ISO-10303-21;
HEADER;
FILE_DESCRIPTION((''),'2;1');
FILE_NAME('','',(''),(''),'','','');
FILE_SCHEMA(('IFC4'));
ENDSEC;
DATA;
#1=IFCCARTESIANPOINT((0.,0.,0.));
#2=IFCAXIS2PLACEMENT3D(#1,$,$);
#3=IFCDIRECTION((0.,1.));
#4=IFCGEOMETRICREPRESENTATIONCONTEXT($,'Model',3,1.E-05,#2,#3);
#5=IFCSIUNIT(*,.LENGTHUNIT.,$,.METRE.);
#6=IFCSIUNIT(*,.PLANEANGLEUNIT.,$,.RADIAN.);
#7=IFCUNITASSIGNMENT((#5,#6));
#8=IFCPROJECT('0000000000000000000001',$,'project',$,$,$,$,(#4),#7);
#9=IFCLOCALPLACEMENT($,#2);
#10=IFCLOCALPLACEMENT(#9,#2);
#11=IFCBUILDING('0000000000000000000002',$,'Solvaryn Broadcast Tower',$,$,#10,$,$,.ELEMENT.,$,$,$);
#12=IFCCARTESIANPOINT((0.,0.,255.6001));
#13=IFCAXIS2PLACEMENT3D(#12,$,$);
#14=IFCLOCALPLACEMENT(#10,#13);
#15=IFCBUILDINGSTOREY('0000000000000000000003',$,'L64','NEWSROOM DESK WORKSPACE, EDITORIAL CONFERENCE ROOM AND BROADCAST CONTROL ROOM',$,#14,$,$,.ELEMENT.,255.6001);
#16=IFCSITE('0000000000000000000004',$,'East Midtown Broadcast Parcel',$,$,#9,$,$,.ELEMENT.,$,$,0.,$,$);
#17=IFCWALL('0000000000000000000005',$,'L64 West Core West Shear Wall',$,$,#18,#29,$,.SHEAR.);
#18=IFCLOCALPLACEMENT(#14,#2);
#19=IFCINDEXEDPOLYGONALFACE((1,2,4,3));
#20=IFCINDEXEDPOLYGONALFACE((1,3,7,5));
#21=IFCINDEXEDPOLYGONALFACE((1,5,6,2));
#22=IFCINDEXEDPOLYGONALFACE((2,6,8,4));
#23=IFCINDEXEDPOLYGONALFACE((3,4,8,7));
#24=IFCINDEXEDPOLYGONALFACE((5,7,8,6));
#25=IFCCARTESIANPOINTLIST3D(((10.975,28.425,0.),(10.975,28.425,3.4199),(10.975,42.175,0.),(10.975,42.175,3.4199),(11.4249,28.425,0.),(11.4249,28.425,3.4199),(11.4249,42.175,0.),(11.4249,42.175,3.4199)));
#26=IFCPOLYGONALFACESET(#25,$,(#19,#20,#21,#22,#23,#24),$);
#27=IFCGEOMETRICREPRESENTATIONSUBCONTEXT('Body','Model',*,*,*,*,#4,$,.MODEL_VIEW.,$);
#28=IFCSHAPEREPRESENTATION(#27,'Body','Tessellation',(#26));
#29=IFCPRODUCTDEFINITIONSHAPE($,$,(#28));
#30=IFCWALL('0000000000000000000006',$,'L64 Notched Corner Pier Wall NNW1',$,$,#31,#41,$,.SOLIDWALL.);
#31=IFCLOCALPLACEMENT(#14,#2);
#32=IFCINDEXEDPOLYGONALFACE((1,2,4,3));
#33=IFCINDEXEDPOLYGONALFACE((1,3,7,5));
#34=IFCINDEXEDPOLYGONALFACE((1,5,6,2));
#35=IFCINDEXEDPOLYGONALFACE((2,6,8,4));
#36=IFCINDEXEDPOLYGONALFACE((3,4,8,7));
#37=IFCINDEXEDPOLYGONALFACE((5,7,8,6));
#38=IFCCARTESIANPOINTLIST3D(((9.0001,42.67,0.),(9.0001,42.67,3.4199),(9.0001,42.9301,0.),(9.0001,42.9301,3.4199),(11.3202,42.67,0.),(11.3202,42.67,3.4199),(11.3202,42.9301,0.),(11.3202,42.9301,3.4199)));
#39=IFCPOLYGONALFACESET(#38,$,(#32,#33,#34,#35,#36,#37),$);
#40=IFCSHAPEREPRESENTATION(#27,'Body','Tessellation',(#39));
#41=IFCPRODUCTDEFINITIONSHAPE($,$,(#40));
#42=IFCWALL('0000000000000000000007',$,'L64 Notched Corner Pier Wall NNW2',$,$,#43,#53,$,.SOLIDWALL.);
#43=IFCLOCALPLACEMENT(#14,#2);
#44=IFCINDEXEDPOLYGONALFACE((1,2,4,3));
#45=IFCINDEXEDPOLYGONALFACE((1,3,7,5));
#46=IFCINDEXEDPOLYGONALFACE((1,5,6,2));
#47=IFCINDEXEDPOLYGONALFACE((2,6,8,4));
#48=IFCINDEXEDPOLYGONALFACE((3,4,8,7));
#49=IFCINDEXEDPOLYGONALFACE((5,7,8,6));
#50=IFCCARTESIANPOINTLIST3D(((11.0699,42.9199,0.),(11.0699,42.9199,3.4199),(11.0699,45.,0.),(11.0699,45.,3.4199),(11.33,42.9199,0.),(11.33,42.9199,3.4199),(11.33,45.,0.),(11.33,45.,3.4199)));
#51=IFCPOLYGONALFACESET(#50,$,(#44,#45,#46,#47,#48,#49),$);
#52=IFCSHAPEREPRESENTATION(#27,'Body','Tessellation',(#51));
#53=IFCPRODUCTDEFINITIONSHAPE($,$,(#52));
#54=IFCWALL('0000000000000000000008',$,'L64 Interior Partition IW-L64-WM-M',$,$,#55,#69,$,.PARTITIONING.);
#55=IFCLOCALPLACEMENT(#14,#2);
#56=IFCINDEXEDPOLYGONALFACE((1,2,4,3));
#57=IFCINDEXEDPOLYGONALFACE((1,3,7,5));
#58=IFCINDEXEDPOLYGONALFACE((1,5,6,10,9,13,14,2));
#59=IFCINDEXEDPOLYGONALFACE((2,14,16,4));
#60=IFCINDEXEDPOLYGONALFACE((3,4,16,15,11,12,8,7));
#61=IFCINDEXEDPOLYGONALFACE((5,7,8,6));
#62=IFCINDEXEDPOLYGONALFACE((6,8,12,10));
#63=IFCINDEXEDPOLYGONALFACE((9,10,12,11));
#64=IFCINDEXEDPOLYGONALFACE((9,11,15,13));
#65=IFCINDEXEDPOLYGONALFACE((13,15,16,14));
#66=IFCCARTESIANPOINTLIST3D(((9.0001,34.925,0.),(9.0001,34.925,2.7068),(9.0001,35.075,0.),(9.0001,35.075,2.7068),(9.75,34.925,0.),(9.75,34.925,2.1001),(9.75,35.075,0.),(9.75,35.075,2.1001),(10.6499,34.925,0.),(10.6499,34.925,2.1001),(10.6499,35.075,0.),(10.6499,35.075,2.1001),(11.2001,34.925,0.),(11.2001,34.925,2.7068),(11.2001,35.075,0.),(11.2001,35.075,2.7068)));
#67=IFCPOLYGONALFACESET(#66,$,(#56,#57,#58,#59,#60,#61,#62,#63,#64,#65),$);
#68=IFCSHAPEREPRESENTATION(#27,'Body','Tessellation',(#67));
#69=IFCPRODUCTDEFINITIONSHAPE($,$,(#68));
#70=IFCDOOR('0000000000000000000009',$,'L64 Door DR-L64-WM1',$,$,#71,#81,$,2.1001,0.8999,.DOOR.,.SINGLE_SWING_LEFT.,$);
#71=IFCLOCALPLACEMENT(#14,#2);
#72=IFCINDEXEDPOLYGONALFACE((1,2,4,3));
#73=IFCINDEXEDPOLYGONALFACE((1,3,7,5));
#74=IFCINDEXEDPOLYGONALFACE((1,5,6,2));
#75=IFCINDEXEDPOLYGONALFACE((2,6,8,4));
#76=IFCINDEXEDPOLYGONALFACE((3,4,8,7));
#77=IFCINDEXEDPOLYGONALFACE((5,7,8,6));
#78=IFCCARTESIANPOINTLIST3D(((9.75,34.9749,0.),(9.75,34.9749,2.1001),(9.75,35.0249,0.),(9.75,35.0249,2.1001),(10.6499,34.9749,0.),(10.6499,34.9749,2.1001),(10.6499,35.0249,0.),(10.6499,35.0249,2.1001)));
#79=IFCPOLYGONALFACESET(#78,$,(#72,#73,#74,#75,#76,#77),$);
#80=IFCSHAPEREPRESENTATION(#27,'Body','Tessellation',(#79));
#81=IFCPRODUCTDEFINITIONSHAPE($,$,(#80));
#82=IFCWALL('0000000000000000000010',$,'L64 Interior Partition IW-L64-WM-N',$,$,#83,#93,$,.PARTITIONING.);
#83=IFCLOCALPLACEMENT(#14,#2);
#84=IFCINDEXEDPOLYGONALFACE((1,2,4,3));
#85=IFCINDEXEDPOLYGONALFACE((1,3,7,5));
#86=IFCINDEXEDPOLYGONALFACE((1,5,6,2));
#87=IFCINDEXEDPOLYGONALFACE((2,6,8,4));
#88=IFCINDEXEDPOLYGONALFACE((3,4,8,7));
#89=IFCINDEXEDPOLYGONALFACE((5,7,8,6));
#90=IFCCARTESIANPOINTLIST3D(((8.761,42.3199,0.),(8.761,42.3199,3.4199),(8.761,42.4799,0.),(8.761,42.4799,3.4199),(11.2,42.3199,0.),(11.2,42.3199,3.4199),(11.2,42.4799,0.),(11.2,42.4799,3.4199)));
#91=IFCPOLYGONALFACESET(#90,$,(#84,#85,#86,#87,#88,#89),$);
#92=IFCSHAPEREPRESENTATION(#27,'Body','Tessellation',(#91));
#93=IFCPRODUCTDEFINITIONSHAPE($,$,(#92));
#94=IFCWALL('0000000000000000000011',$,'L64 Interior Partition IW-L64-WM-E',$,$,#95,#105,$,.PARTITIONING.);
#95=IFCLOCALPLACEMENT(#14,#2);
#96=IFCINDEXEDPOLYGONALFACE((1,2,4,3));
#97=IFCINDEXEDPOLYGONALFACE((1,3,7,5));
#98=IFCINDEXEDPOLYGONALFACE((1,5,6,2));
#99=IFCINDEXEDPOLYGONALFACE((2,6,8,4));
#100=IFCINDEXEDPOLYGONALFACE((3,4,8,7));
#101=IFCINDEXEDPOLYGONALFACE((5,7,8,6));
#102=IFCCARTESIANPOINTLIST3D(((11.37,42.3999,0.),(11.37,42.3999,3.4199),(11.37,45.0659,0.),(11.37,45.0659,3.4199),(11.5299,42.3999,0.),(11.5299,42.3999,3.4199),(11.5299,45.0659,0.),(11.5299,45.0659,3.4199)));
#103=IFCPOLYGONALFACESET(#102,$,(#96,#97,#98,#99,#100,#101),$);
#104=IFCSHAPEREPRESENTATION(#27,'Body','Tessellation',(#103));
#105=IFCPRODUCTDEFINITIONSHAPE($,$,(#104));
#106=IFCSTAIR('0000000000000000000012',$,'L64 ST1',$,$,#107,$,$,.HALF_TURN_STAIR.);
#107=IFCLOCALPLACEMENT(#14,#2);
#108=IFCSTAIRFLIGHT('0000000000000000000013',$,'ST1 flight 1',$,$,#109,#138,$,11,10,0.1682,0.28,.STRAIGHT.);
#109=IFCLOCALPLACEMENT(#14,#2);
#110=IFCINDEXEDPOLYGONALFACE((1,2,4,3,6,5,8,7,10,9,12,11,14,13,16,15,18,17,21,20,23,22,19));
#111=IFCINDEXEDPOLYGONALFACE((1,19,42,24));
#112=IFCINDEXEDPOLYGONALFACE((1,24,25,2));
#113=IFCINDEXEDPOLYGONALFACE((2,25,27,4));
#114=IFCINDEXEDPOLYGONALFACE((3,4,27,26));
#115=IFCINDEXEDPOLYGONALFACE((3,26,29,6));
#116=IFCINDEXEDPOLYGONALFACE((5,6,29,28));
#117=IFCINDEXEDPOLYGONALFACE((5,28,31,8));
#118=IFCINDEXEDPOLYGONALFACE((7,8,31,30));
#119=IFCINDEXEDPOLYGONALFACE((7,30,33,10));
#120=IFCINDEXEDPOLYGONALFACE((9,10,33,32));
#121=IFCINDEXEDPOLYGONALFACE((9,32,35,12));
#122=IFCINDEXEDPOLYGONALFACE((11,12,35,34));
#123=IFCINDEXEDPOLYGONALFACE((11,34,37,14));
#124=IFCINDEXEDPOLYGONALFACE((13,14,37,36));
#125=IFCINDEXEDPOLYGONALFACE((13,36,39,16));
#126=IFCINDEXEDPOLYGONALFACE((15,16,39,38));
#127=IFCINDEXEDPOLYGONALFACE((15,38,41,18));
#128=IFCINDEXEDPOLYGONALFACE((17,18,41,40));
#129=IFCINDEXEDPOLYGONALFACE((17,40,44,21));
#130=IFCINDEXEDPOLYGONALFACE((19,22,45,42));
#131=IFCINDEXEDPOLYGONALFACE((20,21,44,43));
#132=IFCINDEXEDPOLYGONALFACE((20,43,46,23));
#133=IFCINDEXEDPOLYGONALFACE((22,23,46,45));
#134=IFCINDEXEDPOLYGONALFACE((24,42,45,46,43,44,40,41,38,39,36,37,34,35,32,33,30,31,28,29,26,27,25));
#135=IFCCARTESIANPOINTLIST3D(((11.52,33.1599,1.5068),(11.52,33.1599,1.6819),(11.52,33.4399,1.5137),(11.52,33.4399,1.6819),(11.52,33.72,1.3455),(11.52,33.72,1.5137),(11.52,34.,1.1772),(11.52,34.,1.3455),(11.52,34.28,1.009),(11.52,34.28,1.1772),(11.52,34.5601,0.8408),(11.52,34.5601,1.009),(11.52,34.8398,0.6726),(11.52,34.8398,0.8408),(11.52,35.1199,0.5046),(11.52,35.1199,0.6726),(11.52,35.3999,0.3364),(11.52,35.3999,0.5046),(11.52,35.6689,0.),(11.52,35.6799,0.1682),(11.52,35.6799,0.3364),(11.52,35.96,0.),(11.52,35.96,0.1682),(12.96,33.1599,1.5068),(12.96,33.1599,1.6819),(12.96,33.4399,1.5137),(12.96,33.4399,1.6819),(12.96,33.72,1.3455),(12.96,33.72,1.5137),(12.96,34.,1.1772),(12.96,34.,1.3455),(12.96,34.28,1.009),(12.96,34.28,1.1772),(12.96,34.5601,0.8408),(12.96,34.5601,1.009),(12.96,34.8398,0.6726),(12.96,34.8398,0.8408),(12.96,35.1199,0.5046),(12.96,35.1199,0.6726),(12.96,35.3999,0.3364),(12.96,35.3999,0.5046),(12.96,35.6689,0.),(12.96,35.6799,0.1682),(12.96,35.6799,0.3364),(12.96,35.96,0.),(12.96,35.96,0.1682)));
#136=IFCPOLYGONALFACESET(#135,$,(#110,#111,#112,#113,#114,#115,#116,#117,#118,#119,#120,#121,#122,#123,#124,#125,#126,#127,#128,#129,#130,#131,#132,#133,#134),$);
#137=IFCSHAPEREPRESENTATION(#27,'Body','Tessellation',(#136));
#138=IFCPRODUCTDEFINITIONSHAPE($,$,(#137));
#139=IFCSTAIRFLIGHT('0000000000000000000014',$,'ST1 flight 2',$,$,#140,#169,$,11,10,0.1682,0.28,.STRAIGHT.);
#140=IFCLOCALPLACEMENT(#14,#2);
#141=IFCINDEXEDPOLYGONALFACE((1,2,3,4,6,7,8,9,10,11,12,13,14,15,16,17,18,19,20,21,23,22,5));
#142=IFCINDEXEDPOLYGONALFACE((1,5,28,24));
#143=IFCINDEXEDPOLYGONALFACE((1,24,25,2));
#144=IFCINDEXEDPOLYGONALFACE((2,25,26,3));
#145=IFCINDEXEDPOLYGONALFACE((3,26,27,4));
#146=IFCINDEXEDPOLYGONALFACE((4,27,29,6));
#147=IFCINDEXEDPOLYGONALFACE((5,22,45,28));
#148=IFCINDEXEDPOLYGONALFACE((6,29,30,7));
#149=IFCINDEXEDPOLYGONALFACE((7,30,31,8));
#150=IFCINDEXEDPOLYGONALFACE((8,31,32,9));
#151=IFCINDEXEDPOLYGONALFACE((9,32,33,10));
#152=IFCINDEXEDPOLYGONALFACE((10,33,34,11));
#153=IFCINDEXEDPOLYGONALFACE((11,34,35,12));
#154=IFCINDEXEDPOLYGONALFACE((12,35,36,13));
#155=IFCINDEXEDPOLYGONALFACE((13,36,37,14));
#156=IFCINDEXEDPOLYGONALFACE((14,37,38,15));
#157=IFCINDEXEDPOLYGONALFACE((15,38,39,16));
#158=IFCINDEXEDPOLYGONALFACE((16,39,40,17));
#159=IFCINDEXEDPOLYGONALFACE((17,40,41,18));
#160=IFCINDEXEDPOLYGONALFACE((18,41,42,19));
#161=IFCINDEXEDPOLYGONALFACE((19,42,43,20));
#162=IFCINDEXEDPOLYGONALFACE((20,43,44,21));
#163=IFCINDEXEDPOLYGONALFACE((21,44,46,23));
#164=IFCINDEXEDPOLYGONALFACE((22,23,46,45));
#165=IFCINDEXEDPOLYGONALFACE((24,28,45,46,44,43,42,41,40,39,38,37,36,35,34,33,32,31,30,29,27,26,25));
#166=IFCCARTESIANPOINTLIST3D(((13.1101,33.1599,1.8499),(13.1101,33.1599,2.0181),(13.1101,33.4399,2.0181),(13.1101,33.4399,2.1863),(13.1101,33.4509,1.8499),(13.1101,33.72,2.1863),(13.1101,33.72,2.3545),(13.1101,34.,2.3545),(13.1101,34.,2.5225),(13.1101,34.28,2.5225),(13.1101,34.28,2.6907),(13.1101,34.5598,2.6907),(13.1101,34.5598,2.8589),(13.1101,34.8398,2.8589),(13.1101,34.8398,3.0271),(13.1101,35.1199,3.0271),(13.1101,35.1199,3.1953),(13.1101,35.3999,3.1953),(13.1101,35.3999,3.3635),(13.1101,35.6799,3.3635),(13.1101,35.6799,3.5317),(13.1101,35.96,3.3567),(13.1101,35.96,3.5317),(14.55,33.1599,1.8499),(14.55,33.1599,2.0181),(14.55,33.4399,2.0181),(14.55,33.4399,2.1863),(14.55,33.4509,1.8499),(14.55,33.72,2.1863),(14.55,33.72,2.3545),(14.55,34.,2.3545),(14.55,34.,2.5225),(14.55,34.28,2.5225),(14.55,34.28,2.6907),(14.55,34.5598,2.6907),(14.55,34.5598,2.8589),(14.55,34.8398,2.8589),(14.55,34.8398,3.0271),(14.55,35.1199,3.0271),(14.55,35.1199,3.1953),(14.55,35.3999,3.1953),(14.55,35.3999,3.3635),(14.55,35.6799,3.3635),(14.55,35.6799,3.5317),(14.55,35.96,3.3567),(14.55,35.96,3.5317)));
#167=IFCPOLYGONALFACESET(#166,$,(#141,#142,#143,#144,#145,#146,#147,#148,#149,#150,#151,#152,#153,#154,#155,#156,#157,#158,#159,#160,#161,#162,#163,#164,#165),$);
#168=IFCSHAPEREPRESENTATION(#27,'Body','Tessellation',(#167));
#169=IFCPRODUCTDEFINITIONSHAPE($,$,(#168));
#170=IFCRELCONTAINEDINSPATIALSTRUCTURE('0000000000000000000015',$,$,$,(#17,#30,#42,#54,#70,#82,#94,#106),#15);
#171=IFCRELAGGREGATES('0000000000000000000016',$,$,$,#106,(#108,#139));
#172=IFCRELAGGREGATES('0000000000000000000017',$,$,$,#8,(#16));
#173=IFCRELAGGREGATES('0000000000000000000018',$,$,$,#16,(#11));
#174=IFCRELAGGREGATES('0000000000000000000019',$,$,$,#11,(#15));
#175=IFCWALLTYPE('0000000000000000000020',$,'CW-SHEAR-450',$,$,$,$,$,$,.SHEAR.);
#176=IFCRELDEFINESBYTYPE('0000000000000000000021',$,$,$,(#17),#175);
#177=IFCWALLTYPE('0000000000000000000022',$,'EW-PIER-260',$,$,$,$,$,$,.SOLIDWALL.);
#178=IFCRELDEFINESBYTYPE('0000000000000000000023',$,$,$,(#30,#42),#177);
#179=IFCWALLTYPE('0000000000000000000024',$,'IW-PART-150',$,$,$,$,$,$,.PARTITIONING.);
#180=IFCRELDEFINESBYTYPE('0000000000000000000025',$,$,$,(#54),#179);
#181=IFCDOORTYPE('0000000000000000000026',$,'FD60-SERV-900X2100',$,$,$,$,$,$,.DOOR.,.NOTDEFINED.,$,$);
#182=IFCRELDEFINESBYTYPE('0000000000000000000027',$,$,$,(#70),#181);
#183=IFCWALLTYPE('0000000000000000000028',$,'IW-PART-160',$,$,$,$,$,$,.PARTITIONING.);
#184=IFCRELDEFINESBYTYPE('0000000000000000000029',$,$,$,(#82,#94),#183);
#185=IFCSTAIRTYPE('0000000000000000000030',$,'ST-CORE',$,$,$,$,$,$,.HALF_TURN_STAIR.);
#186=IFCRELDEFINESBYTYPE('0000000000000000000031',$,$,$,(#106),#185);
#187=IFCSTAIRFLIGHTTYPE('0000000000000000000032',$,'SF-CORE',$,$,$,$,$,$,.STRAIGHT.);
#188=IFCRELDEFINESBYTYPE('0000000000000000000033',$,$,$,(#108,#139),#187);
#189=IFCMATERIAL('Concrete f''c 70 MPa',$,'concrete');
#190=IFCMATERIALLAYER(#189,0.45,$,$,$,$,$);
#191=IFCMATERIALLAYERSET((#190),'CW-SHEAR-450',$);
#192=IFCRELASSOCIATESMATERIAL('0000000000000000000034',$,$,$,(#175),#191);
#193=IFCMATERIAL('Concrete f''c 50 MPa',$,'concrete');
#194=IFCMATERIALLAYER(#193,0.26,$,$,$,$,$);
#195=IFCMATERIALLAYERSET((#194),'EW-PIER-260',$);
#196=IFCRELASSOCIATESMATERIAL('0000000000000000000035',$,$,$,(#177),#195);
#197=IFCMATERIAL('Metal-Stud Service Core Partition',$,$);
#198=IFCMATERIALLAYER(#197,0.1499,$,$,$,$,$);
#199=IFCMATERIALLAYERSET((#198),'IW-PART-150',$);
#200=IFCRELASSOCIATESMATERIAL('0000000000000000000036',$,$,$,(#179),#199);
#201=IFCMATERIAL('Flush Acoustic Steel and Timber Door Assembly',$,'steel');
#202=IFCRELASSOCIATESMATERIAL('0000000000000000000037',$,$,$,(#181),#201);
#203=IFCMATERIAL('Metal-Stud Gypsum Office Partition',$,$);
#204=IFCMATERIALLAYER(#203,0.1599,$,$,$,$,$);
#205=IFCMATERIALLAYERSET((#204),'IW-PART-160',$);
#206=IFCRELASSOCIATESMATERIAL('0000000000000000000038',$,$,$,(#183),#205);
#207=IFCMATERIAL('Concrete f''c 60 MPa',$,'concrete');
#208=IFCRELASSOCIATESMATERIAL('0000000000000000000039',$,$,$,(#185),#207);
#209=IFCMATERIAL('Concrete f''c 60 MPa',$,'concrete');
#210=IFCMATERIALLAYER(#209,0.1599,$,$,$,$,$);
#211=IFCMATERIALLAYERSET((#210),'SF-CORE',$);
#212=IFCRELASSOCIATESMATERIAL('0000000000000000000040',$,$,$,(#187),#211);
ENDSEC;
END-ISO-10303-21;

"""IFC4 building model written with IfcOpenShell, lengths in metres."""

from ifc_helpers import new_model, si_unit, direction, frame, frame_2d, origin, place, context, subcontext, project, spatial, polyline, rectangle, outline, extrude, material, layer, layer_set, type_object, element, fill, aggregate, save


model = new_model("IFC4")

# Units and contexts
model_context = context("Model", 3, precision=1e-05, world=origin(), true_north=direction((0.0, 1.0)))
body_context = subcontext(model_context, "Body", "Model", "MODEL_VIEW")
ifc_project = project(units=[si_unit("LENGTHUNIT", "METRE"), si_unit("PLANEANGLEUNIT", "RADIAN")], contexts=[model_context])

# Site, building, storey
site_placement = place(None, origin())
site = spatial("IfcSite", under=ifc_project, at=site_placement, Name="East Midtown Broadcast Parcel", CompositionType="ELEMENT", RefElevation=0.0)
building_placement = place(site_placement, origin())
building = spatial("IfcBuilding", under=site, at=building_placement, Name="Solvaryn Broadcast Tower", CompositionType="ELEMENT")
storey_placement = place(building_placement, frame((0.0, 0.0, 255.6001)))
storey = spatial("IfcBuildingStorey", under=building, at=storey_placement, Name="L64", Description="NEWSROOM DESK WORKSPACE, EDITORIAL CONFERENCE ROOM AND BROADCAST CONTROL ROOM", CompositionType="ELEMENT", Elevation=255.6001)

# Walls
ifc_material_1 = material(Name="Concrete f'c 70 MPa", Category="concrete")
ifc_layer_1 = layer(ifc_material_1, 0.45)
ifc_layer_set_1 = layer_set([ifc_layer_1], Name="CW-SHEAR-450")
wall_type_1 = type_object("IfcWallType", Name="CW-SHEAR-450", PredefinedType="SHEAR", material=ifc_layer_set_1)
wall_1_placement = place(storey_placement, frame((11.2, 42.175, 0.0), z_axis=(0.0, 0.0, 1.0), x_axis=(0.0, -1.0, 0.0)))
element("IfcWall", 1, at=wall_1_placement, inside=storey, type_object=wall_type_1, Name="L64 West Core West Shear Wall", PredefinedType="SHEAR", context=body_context, shape_type="SweptSolid", body=[
    extrude(rectangle(XDim=13.75, YDim=0.45, at=frame_2d((6.875, 0.0))), origin(), (0.0, 0.0, 1.0), 3.4199),
])
ifc_material_2 = material(Name="Concrete f'c 50 MPa", Category="concrete")
ifc_layer_2 = layer(ifc_material_2, 0.26)
ifc_layer_set_2 = layer_set([ifc_layer_2], Name="EW-PIER-260")
wall_type_2 = type_object("IfcWallType", Name="EW-PIER-260", PredefinedType="SOLIDWALL", material=ifc_layer_set_2)
wall_2_placement = place(storey_placement, frame((9.0, 42.8, 0.0), z_axis=(0.0, 0.0, 1.0), x_axis=(1.0, 0.0, 0.0)))
element("IfcWall", 2, at=wall_2_placement, inside=storey, type_object=wall_type_2, Name="L64 Notched Corner Pier Wall NNW1", PredefinedType="SOLIDWALL", context=body_context, shape_type="SweptSolid", body=[
    extrude(rectangle(XDim=2.3201, YDim=0.26, at=frame_2d((1.1602, 0.0))), origin(), (0.0, 0.0, 1.0), 3.4199),
])
wall_3_placement = place(storey_placement, frame((11.2, 42.9199, 0.0), z_axis=(0.0, 0.0, 1.0), x_axis=(0.0, 1.0, 0.0)))
element("IfcWall", 3, at=wall_3_placement, inside=storey, type_object=wall_type_2, Name="L64 Notched Corner Pier Wall NNW2", PredefinedType="SOLIDWALL", context=body_context, shape_type="SweptSolid", body=[
    extrude(rectangle(XDim=2.0801, YDim=0.26, at=frame_2d((1.04, 0.0))), origin(), (0.0, 0.0, 1.0), 3.4199),
])

# Wall, opening, door
ifc_material_3 = material(Name="Metal-Stud Service Core Partition")
ifc_layer_3 = layer(ifc_material_3, 0.1499)
ifc_layer_set_3 = layer_set([ifc_layer_3], Name="IW-PART-150")
wall_type_3 = type_object("IfcWallType", Name="IW-PART-150", PredefinedType="PARTITIONING", material=ifc_layer_set_3)
wall_4_placement = place(storey_placement, frame((9.0, 35.0, 0.0), z_axis=(0.0, 0.0, 1.0), x_axis=(1.0, 0.0, 0.0)))
wall_4 = element("IfcWall", 4, at=wall_4_placement, inside=storey, type_object=wall_type_3, Name="L64 Interior Partition IW-L64-WM-M", PredefinedType="PARTITIONING", context=body_context, shape_type="SweptSolid", body=[
    extrude(rectangle(XDim=2.2, YDim=0.1499, at=frame_2d((1.1001, 0.0))), origin(), (0.0, 0.0, 1.0), 2.7068),
])
opening_placement = place(wall_4_placement, frame((0.75, 0.0, 0.0)))
opening = element("IfcOpeningElement", 5, at=opening_placement, cuts=wall_4, PredefinedType="OPENING", context=body_context, shape_type="SweptSolid", body=[
    extrude(rectangle(XDim=0.8999, YDim=2.1001, at=frame_2d((0.45, 1.05))), frame((0.0, 0.085, 0.0), z_axis=(0.0, -1.0, 0.0), x_axis=(1.0, 0.0, 0.0)), (0.0, 0.0, 1.0), 0.1699),
])
ifc_material_4 = material(Name="Flush Acoustic Steel and Timber Door Assembly", Category="steel")
door_type = type_object("IfcDoorType", Name="FD60-SERV-900X2100", OperationType="NOTDEFINED", PredefinedType="DOOR", material=ifc_material_4)
door_placement = place(opening_placement, origin())
door = element("IfcDoor", 6, at=door_placement, inside=storey, type_object=door_type, Name="L64 Door DR-L64-WM1", OperationType="SINGLE_SWING_LEFT", OverallHeight=2.1001, OverallWidth=0.8999, PredefinedType="DOOR", context=body_context, shape_type="SweptSolid", body=[
    extrude(rectangle(XDim=0.8999, YDim=2.1001, at=frame_2d((0.45, 1.05))), frame((0.0, 0.0249, 0.0), z_axis=(0.0, -1.0, 0.0), x_axis=(1.0, 0.0, 0.0)), (0.0, 0.0, 1.0), 0.05),
])
fill(opening, door)

# Walls
ifc_material_5 = material(Name="Metal-Stud Gypsum Office Partition")
ifc_layer_4 = layer(ifc_material_5, 0.1599)
ifc_layer_set_4 = layer_set([ifc_layer_4], Name="IW-PART-160")
wall_type_4 = type_object("IfcWallType", Name="IW-PART-160", PredefinedType="PARTITIONING", material=ifc_layer_set_4)
wall_5_placement = place(storey_placement, frame((8.761, 42.3999, 0.0), z_axis=(0.0, 0.0, 1.0), x_axis=(1.0, 0.0, 0.0)))
element("IfcWall", 7, at=wall_5_placement, inside=storey, type_object=wall_type_4, Name="L64 Interior Partition IW-L64-WM-N", PredefinedType="PARTITIONING", context=body_context, shape_type="SweptSolid", body=[
    extrude(rectangle(XDim=2.439, YDim=0.1599, at=frame_2d((1.2195, 0.0))), origin(), (0.0, 0.0, 1.0), 3.4199),
])
wall_6_placement = place(storey_placement, frame((11.45, 42.3999, 0.0), z_axis=(0.0, 0.0, 1.0), x_axis=(0.0, 1.0, 0.0)))
element("IfcWall", 8, at=wall_6_placement, inside=storey, type_object=wall_type_4, Name="L64 Interior Partition IW-L64-WM-E", PredefinedType="PARTITIONING", context=body_context, shape_type="SweptSolid", body=[
    extrude(rectangle(XDim=2.666, YDim=0.1599, at=frame_2d((1.333, 0.0))), origin(), (0.0, 0.0, 1.0), 3.4199),
])

# Stair, stair flights
ifc_material_6 = material(Name="Concrete f'c 60 MPa", Category="concrete")
stair_type = type_object("IfcStairType", Name="ST-CORE", PredefinedType="HALF_TURN_STAIR", material=ifc_material_6)
stair_placement = place(storey_placement, origin())
stair = element("IfcStair", 9, at=stair_placement, inside=storey, type_object=stair_type, Name="L64 ST1", PredefinedType="HALF_TURN_STAIR")
ifc_material_7 = material(Name="Concrete f'c 60 MPa", Category="concrete")
ifc_layer_5 = layer(ifc_material_7, 0.1599)
ifc_layer_set_5 = layer_set([ifc_layer_5], Name="SF-CORE")
stair_flight_type = type_object("IfcStairFlightType", Name="SF-CORE", PredefinedType="STRAIGHT", material=ifc_layer_set_5)
stair_flight_1_placement = place(storey_placement, frame((12.24, 35.96, 0.0), z_axis=(0.0, 0.0, 1.0), x_axis=(0.0, -1.0, 0.0)))
stair_flight_1 = element("IfcStairFlight", 10, at=stair_flight_1_placement, type_object=stair_flight_type, Name="ST1 flight 1", NumberOfRisers=11, NumberOfTreads=10, PredefinedType="STRAIGHT", RiserHeight=0.1682, TreadLength=0.28, context=body_context, shape_type="SweptSolid", body=[
    extrude(outline(polyline([(0.0, 0.0), (0.0, 0.1682), (0.28, 0.1682), (0.28, 0.3364), (0.5601, 0.3364), (0.5601, 0.5046), (0.8401, 0.5046), (0.8401, 0.6726), (1.1201, 0.6726), (1.1201, 0.8408), (1.3999, 0.8408), (1.3999, 1.009), (1.6799, 1.009), (1.6799, 1.1772), (1.96, 1.1772), (1.96, 1.3455), (2.24, 1.3455), (2.24, 1.5137), (2.52, 1.5137), (2.52, 1.6819), (2.8, 1.6819), (2.8, 1.8501), (2.8, 1.5068), (0.291, 0.0), (0.0, 0.0)])), frame((0.0, 0.72, 0.0), z_axis=(0.0, -1.0, 0.0), x_axis=(1.0, 0.0, 0.0)), (0.0, 0.0, 1.0), 1.4399),
])
stair_flight_2_placement = place(storey_placement, frame((13.8301, 33.1599, 1.8499), z_axis=(0.0, 0.0, 1.0), x_axis=(0.0, 1.0, 0.0)))
stair_flight_2 = element("IfcStairFlight", 11, at=stair_flight_2_placement, type_object=stair_flight_type, Name="ST1 flight 2", NumberOfRisers=11, NumberOfTreads=10, PredefinedType="STRAIGHT", RiserHeight=0.1682, TreadLength=0.28, context=body_context, shape_type="SweptSolid", body=[
    extrude(outline(polyline([(0.0, 0.0), (0.0, 0.1682), (0.28, 0.1682), (0.28, 0.3364), (0.5601, 0.3364), (0.5601, 0.5046), (0.8401, 0.5046), (0.8401, 0.6726), (1.1201, 0.6726), (1.1201, 0.8408), (1.3999, 0.8408), (1.3999, 1.009), (1.6799, 1.009), (1.6799, 1.1772), (1.96, 1.1772), (1.96, 1.3455), (2.24, 1.3455), (2.24, 1.5137), (2.52, 1.5137), (2.52, 1.6819), (2.8, 1.6819), (2.8, 1.8501), (2.8, 1.5068), (0.291, 0.0), (0.0, 0.0)])), frame((0.0, 0.72, 0.0), z_axis=(0.0, -1.0, 0.0), x_axis=(1.0, 0.0, 0.0)), (0.0, 0.0, 1.0), 1.4399),
])
aggregate(stair, [stair_flight_1, stair_flight_2])

save(model, "model.ifc")
